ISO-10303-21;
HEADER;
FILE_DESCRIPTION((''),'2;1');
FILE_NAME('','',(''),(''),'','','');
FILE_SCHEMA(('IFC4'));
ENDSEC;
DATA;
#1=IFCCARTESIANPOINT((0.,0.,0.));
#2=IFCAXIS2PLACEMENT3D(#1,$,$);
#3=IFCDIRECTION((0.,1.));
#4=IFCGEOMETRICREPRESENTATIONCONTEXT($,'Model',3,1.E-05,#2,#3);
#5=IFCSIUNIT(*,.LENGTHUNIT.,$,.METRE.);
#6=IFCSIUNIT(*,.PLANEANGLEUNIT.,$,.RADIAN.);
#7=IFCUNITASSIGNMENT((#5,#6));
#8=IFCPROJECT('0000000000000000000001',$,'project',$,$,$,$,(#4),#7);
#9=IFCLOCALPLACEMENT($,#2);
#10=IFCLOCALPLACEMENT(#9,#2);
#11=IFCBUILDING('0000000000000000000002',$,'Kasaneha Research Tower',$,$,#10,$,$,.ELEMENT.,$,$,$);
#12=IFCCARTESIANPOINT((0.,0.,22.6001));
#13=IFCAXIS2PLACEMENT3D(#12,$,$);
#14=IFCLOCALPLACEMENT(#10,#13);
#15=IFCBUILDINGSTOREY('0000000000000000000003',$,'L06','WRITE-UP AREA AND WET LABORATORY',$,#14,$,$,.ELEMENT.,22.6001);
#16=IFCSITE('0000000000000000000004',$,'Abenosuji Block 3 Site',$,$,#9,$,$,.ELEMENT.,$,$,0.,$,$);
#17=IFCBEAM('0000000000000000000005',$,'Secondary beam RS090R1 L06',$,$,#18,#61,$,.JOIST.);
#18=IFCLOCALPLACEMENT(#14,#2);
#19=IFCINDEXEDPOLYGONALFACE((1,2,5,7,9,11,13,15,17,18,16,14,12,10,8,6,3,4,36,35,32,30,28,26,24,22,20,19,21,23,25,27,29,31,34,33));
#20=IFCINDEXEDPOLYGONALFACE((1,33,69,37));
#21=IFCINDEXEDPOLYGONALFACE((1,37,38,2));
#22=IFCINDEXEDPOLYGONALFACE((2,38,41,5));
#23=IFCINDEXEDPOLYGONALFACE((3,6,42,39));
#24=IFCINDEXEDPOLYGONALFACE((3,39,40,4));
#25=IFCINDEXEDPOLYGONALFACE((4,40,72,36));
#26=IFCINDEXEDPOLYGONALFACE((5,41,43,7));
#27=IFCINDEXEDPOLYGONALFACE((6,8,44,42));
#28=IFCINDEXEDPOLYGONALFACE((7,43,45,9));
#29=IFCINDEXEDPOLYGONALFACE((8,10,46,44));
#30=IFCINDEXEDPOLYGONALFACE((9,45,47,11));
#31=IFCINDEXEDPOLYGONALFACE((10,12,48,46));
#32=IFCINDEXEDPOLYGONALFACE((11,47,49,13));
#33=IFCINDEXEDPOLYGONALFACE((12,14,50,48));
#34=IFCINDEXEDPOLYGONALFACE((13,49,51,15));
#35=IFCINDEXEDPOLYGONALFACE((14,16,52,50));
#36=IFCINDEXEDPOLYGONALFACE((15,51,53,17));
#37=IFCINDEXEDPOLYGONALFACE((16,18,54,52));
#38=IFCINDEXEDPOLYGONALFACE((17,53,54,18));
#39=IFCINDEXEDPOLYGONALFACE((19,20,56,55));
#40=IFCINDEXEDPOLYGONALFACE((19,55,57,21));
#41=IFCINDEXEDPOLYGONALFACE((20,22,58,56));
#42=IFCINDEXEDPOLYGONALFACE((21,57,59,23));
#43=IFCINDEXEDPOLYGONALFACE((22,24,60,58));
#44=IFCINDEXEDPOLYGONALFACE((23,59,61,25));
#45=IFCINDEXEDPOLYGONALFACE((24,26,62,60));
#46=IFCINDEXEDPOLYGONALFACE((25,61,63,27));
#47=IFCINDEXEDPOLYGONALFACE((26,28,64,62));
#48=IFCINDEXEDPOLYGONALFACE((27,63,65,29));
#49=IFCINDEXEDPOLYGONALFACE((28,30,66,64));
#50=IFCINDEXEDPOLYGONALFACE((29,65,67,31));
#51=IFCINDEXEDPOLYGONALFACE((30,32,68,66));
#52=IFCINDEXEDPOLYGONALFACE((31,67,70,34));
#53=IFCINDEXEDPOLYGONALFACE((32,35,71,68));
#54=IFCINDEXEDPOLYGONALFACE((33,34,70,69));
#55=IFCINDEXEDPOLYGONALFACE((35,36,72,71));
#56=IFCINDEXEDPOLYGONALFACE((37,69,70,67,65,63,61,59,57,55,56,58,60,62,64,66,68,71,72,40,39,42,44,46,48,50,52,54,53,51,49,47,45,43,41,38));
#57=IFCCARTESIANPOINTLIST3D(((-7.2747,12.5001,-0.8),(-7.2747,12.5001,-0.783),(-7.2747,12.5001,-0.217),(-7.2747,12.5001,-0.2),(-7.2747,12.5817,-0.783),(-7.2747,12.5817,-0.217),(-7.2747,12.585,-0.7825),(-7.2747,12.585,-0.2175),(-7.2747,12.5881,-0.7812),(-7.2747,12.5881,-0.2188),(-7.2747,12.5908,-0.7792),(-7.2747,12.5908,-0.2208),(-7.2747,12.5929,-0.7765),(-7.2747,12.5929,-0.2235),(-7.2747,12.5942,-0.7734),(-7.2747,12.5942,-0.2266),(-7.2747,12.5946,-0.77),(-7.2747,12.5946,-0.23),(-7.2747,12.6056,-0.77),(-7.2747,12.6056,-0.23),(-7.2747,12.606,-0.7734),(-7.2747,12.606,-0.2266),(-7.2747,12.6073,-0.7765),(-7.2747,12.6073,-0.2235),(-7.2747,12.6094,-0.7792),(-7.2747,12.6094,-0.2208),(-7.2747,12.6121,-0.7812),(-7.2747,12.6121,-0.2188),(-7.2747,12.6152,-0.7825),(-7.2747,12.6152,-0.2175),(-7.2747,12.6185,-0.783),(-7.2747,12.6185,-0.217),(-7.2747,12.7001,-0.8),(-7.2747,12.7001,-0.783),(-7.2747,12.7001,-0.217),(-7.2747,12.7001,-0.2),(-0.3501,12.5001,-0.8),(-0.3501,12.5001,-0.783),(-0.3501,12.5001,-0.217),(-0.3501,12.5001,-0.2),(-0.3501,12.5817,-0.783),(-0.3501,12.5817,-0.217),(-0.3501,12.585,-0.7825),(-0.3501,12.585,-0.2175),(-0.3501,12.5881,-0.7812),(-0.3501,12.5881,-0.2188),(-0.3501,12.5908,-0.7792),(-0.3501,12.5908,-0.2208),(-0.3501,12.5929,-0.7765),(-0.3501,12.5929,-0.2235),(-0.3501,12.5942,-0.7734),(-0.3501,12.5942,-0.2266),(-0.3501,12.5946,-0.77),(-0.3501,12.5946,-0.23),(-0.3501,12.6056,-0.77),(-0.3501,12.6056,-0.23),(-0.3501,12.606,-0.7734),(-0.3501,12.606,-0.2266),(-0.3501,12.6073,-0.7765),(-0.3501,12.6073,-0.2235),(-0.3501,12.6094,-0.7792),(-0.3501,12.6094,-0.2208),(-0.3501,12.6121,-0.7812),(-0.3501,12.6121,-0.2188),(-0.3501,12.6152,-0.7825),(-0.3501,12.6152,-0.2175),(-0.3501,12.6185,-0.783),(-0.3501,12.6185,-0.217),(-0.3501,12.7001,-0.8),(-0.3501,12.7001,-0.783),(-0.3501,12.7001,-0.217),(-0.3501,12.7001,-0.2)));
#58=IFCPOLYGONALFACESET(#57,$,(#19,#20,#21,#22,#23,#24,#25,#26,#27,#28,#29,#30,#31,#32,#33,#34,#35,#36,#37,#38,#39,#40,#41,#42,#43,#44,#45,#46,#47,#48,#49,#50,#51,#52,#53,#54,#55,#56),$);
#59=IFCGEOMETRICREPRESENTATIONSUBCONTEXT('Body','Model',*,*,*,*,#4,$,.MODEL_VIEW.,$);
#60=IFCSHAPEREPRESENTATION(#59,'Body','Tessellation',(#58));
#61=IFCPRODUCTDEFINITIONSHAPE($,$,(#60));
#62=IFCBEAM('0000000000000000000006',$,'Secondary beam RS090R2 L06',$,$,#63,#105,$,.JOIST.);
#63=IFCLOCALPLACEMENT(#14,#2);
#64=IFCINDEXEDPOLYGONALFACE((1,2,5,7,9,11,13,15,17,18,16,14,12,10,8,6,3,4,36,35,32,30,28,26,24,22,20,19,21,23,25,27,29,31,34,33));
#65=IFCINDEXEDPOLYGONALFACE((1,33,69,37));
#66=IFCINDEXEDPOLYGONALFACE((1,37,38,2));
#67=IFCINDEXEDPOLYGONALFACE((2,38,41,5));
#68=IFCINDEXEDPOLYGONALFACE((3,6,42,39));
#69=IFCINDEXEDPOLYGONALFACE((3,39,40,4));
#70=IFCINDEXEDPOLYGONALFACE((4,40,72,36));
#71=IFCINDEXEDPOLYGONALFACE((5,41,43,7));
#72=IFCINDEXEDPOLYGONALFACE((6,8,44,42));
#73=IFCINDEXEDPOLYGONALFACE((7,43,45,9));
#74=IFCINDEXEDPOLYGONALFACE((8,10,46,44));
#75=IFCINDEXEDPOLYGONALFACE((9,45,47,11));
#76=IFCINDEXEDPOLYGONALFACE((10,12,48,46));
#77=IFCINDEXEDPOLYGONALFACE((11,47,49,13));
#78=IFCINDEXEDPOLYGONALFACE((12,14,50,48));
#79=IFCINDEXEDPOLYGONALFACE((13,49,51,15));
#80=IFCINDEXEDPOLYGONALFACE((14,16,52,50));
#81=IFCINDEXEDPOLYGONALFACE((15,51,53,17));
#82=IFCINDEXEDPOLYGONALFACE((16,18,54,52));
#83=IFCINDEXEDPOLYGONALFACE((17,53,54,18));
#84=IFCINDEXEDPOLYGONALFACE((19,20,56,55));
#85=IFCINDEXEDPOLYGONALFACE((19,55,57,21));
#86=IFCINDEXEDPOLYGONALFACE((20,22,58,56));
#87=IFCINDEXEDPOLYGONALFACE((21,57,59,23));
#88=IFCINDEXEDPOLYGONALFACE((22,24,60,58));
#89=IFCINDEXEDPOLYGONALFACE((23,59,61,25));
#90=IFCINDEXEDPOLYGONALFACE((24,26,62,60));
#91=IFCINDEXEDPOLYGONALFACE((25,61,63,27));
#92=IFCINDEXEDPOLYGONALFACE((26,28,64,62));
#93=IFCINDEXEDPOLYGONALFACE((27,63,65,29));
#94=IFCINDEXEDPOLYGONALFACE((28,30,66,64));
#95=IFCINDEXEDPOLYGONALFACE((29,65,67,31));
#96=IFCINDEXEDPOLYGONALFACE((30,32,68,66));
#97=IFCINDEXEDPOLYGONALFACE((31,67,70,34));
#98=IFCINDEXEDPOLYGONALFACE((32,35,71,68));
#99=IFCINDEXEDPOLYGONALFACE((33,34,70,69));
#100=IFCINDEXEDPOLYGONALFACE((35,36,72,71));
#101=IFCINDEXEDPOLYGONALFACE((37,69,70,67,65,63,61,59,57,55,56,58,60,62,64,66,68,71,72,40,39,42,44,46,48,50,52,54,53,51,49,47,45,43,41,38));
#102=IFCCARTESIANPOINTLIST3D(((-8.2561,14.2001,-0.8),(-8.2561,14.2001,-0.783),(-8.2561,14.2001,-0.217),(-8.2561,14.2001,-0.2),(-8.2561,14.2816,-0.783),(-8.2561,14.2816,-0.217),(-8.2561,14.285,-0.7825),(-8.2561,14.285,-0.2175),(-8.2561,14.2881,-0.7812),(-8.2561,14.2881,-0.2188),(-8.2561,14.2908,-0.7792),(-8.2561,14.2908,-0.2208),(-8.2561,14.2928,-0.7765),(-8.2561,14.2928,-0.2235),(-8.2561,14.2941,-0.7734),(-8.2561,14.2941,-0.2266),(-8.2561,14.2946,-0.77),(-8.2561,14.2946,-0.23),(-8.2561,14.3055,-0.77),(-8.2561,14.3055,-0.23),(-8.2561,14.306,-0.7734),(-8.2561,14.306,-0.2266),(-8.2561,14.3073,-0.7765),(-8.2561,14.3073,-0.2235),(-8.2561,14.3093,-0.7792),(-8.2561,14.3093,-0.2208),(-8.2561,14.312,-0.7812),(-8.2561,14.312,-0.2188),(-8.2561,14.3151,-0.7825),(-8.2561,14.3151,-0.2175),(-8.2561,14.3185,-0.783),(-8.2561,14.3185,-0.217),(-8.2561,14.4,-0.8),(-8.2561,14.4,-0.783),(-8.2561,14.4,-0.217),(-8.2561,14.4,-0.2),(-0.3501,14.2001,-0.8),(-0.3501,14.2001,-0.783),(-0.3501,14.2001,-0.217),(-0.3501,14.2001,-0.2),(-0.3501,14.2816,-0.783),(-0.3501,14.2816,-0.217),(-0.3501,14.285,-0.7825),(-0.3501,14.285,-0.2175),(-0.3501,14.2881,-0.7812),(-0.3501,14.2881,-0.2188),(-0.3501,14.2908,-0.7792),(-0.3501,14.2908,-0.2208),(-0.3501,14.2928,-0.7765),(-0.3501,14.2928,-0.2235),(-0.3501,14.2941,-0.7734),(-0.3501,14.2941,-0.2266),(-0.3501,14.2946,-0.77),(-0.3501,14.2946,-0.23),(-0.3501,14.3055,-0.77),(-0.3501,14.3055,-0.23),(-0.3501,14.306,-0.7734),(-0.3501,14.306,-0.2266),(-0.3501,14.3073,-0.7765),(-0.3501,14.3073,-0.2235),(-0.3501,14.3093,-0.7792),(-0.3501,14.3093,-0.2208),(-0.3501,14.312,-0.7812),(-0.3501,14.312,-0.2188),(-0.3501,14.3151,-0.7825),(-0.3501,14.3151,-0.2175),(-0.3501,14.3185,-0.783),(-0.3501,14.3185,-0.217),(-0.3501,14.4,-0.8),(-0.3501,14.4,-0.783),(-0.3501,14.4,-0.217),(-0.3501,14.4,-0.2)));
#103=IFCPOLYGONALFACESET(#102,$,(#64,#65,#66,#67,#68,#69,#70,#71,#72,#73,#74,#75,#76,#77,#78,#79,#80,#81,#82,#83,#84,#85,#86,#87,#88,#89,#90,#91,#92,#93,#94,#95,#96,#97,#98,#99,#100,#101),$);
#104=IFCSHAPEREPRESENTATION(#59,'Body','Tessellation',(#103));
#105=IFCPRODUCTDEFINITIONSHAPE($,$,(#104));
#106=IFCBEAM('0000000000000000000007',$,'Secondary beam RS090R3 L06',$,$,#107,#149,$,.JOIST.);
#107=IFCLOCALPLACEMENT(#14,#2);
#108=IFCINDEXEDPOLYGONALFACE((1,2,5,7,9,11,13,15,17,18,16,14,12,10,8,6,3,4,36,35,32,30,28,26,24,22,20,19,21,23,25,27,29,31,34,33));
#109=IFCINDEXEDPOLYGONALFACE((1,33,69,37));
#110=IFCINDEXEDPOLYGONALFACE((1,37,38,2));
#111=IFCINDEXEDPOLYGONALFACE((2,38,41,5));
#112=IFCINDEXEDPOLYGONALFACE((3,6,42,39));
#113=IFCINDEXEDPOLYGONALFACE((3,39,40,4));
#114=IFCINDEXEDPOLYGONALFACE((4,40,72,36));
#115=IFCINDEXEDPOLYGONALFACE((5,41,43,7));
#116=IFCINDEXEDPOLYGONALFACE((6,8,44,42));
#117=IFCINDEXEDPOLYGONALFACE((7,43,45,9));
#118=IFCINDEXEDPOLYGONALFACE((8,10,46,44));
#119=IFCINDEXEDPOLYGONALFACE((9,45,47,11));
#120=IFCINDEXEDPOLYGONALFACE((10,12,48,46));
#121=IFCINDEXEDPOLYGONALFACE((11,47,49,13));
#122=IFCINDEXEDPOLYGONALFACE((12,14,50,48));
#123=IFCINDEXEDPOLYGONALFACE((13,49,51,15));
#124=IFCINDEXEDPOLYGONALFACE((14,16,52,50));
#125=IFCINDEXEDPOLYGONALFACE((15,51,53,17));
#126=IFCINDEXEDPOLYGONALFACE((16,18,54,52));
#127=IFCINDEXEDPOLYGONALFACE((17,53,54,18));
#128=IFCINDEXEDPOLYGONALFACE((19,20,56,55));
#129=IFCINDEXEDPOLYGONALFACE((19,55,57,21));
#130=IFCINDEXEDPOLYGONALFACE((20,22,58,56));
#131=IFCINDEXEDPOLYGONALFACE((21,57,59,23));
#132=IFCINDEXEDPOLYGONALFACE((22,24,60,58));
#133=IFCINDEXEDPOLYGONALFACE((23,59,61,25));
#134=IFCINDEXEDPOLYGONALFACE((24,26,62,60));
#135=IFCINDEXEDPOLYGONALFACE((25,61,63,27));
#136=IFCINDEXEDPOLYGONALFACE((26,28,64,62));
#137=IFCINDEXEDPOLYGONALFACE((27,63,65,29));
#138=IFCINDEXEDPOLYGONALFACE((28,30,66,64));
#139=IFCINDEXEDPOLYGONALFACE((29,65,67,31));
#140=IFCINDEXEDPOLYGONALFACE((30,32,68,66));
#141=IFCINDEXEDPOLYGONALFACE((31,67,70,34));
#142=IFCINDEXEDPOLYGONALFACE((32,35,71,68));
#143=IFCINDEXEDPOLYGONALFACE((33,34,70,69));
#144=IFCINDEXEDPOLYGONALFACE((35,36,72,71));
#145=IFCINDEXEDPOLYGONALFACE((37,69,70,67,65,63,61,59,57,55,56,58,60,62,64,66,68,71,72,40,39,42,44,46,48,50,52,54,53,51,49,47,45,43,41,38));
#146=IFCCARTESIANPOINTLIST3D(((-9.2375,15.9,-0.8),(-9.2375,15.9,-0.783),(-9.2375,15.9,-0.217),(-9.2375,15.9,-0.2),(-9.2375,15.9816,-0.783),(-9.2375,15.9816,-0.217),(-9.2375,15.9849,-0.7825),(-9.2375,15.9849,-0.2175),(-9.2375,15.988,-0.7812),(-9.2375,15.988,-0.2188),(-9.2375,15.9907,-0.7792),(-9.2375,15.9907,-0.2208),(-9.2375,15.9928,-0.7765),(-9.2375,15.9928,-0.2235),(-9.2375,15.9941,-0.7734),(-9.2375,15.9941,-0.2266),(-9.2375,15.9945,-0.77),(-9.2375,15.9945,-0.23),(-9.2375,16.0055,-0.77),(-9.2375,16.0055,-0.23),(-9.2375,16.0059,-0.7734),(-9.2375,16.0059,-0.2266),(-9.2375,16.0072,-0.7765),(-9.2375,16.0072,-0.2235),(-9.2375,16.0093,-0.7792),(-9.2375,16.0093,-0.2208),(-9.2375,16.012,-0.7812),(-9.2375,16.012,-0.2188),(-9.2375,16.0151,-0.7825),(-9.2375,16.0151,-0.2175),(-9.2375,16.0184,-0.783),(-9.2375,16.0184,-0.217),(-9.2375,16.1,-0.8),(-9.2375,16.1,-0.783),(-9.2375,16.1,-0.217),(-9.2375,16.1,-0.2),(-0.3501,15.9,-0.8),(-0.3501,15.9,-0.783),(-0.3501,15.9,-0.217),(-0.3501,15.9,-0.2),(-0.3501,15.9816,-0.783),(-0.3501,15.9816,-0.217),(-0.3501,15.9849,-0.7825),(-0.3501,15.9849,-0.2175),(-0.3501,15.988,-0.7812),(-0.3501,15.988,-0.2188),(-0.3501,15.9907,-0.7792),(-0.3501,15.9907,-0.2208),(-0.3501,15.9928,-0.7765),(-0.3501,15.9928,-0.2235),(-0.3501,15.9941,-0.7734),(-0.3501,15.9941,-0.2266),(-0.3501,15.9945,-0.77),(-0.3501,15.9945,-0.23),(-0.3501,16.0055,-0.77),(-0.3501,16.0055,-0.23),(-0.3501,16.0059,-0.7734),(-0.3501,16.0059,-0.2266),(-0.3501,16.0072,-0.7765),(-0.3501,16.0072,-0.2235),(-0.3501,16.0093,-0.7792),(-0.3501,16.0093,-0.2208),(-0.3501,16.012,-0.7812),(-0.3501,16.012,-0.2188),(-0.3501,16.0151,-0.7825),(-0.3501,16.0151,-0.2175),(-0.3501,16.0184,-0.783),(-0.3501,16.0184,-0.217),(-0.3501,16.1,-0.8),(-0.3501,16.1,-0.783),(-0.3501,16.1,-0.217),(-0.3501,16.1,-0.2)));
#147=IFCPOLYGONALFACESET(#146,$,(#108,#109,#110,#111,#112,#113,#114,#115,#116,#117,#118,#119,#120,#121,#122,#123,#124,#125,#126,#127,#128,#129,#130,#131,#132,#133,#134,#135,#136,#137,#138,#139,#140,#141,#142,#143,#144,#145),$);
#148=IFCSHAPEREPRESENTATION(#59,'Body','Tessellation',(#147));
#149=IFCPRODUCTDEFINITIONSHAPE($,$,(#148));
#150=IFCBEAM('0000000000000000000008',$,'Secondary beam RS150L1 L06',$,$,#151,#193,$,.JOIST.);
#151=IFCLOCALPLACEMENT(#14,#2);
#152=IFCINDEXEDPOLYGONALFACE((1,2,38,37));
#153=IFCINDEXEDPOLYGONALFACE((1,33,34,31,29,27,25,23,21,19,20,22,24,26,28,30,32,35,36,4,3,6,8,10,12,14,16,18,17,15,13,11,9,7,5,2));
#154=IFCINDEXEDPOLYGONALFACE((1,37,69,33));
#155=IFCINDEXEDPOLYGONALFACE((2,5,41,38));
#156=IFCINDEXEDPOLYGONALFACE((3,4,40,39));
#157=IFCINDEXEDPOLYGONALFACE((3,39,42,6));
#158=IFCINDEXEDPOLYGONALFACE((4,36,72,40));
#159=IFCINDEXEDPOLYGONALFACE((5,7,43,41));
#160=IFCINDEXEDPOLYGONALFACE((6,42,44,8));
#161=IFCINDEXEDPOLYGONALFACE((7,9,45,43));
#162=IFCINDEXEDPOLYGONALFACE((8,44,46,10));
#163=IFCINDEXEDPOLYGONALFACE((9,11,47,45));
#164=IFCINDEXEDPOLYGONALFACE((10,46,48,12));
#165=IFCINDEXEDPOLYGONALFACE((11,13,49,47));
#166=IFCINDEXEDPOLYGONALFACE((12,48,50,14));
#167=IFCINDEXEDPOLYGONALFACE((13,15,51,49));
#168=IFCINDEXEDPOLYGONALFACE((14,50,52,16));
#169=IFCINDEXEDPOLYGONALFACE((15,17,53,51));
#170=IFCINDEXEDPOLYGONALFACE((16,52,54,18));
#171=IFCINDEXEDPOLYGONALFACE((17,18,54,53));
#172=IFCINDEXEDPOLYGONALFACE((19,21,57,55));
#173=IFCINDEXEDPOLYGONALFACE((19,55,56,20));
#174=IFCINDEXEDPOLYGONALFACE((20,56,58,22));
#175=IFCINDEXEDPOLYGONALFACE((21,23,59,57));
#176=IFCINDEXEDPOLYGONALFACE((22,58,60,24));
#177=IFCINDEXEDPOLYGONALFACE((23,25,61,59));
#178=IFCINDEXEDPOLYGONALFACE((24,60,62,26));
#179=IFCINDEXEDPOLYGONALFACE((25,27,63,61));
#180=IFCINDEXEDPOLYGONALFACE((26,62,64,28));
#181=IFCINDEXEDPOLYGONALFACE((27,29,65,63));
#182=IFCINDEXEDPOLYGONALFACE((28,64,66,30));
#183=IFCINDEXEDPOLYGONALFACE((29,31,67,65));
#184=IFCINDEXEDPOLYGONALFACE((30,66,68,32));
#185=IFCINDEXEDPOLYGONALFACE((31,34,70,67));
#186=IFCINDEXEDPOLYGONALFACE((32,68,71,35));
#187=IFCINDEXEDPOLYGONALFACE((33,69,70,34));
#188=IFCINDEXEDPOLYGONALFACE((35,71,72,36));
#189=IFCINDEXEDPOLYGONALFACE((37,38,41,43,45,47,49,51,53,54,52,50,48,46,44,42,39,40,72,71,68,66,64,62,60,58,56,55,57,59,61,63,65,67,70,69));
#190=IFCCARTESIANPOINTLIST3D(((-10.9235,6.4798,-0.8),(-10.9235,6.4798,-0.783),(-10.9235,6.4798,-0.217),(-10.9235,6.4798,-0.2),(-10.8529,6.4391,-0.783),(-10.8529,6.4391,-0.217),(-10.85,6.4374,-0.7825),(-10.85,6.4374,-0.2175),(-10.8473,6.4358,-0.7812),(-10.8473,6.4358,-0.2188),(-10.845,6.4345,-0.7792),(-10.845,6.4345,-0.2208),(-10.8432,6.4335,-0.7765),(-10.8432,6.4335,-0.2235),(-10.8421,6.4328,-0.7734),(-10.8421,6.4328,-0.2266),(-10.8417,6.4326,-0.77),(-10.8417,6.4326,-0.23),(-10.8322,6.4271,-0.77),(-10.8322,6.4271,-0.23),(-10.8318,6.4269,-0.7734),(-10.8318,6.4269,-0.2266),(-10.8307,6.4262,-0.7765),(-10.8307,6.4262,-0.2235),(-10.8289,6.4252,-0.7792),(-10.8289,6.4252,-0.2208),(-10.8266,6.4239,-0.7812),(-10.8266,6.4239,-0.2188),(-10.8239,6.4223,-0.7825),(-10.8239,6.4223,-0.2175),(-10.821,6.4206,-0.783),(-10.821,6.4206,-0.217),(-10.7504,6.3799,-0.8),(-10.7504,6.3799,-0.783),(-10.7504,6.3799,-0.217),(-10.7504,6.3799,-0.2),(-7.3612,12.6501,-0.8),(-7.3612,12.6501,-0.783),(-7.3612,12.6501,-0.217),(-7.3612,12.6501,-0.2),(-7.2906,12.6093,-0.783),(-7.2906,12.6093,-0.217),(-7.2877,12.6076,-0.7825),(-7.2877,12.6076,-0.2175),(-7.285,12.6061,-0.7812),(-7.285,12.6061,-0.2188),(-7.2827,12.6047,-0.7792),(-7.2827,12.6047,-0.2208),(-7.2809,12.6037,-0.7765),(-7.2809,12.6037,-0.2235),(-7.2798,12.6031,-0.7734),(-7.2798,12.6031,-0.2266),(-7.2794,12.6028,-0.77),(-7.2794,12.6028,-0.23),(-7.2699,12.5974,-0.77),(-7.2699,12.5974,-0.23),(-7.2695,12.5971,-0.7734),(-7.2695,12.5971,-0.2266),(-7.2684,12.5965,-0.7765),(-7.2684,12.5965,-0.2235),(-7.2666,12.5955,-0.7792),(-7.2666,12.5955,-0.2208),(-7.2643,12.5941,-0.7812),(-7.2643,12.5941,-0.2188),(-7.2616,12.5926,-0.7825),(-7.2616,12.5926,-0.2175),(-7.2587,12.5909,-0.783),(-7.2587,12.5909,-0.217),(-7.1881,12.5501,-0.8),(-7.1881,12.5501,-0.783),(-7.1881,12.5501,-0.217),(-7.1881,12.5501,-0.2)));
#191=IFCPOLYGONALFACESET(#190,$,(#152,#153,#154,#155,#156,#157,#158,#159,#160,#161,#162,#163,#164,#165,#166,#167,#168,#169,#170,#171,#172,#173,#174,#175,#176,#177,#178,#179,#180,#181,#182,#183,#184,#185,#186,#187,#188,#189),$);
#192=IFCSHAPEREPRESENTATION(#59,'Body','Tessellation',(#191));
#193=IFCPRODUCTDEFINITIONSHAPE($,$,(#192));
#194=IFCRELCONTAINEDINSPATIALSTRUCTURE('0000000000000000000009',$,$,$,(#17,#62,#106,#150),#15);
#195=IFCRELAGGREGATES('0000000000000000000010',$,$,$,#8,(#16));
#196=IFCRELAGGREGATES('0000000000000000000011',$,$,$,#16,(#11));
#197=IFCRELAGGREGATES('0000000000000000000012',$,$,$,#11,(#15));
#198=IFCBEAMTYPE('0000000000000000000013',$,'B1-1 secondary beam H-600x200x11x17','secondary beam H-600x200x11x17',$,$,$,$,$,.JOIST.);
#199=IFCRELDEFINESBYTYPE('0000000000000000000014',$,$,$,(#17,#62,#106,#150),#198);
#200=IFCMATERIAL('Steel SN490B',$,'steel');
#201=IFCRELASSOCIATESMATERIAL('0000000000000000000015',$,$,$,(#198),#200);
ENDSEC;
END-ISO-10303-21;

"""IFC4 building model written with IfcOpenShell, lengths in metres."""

from ifc_helpers import new_model, si_unit, direction, frame, origin, origin_2d, place, context, subcontext, project, spatial, i_section, extrude, material, material_profile, profile_set, type_object, element, save


model = new_model("IFC4")

# Units and contexts
model_context = context("Model", 3, precision=1e-05, world=origin(), true_north=direction((0.0, 1.0)))
body_context = subcontext(model_context, "Body", "Model", "MODEL_VIEW")
ifc_project = project(units=[si_unit("LENGTHUNIT", "METRE"), si_unit("PLANEANGLEUNIT", "RADIAN")], contexts=[model_context])

# Site, building, storey
site_placement = place(None, origin())
site = spatial("IfcSite", under=ifc_project, at=site_placement, Name="Abenosuji Block 3 Site", CompositionType="ELEMENT", RefElevation=0.0)
building_placement = place(site_placement, origin())
building = spatial("IfcBuilding", under=site, at=building_placement, Name="Kasaneha Research Tower", CompositionType="ELEMENT")
storey_placement = place(building_placement, frame((0.0, 0.0, 22.6001)))
storey = spatial("IfcBuildingStorey", under=building, at=storey_placement, Name="L06", Description="WRITE-UP AREA AND WET LABORATORY", CompositionType="ELEMENT", Elevation=22.6001)

# Beams
ifc_material_1 = material(Name="Steel SN490B", Category="steel")
ifc_material_profile_1 = material_profile(ifc_material_1, i_section(OverallWidth=0.2, OverallDepth=0.6001, WebThickness=0.011, FlangeThickness=0.0171, FilletRadius=0.0129, at=origin_2d()), Name="H-600x200x11x17")
ifc_profile_set_1 = profile_set([ifc_material_profile_1], Name="Steel SN490B")
beam_type_1 = type_object("IfcBeamType", Name="B1-1 secondary beam H-600x200x11x17", Description="secondary beam H-600x200x11x17", PredefinedType="JOIST", material=ifc_profile_set_1)
beam_1_placement = place(storey_placement, frame((-7.2747, 12.6001, -0.5), z_axis=(1.0, 0.0, 0.0), x_axis=(0.0, 1.0, 0.0)))
element("IfcBeam", 1, at=beam_1_placement, inside=storey, type_object=beam_type_1, Name="Secondary beam RS090R1 L06", PredefinedType="JOIST", context=body_context, shape_type="SweptSolid", body=[
    extrude(i_section(OverallWidth=0.2, OverallDepth=0.6001, WebThickness=0.011, FlangeThickness=0.0171, FilletRadius=0.0129, at=origin_2d()), origin(), (0.0, 0.0, 1.0), 6.9246),
])
beam_2_placement = place(storey_placement, frame((-8.2561, 14.3, -0.5), z_axis=(1.0, 0.0, 0.0), x_axis=(0.0, 1.0, 0.0)))
element("IfcBeam", 2, at=beam_2_placement, inside=storey, type_object=beam_type_1, Name="Secondary beam RS090R2 L06", PredefinedType="JOIST", context=body_context, shape_type="SweptSolid", body=[
    extrude(i_section(OverallWidth=0.2, OverallDepth=0.6001, WebThickness=0.011, FlangeThickness=0.0171, FilletRadius=0.0129, at=origin_2d()), origin(), (0.0, 0.0, 1.0), 7.906),
])
beam_3_placement = place(storey_placement, frame((-9.2375, 16.0, -0.5), z_axis=(1.0, 0.0, 0.0), x_axis=(0.0, 1.0, 0.0)))
element("IfcBeam", 3, at=beam_3_placement, inside=storey, type_object=beam_type_1, Name="Secondary beam RS090R3 L06", PredefinedType="JOIST", context=body_context, shape_type="SweptSolid", body=[
    extrude(i_section(OverallWidth=0.2, OverallDepth=0.6001, WebThickness=0.011, FlangeThickness=0.0171, FilletRadius=0.0129, at=origin_2d()), origin(), (0.0, 0.0, 1.0), 8.8875),
])
beam_4_placement = place(storey_placement, frame((-7.2747, 12.6001, -0.5), z_axis=(-0.49999, -0.866031, 0.0), x_axis=(0.866031, -0.49999, 0.0)))
element("IfcBeam", 4, at=beam_4_placement, inside=storey, type_object=beam_type_1, Name="Secondary beam RS150L1 L06", PredefinedType="JOIST", context=body_context, shape_type="SweptSolid", body=[
    extrude(i_section(OverallWidth=0.2, OverallDepth=0.6001, WebThickness=0.011, FlangeThickness=0.0171, FilletRadius=0.0129, at=origin_2d()), origin(), (0.0, 0.0, 1.0), 7.1248),
])

save(model, "model.ifc")
